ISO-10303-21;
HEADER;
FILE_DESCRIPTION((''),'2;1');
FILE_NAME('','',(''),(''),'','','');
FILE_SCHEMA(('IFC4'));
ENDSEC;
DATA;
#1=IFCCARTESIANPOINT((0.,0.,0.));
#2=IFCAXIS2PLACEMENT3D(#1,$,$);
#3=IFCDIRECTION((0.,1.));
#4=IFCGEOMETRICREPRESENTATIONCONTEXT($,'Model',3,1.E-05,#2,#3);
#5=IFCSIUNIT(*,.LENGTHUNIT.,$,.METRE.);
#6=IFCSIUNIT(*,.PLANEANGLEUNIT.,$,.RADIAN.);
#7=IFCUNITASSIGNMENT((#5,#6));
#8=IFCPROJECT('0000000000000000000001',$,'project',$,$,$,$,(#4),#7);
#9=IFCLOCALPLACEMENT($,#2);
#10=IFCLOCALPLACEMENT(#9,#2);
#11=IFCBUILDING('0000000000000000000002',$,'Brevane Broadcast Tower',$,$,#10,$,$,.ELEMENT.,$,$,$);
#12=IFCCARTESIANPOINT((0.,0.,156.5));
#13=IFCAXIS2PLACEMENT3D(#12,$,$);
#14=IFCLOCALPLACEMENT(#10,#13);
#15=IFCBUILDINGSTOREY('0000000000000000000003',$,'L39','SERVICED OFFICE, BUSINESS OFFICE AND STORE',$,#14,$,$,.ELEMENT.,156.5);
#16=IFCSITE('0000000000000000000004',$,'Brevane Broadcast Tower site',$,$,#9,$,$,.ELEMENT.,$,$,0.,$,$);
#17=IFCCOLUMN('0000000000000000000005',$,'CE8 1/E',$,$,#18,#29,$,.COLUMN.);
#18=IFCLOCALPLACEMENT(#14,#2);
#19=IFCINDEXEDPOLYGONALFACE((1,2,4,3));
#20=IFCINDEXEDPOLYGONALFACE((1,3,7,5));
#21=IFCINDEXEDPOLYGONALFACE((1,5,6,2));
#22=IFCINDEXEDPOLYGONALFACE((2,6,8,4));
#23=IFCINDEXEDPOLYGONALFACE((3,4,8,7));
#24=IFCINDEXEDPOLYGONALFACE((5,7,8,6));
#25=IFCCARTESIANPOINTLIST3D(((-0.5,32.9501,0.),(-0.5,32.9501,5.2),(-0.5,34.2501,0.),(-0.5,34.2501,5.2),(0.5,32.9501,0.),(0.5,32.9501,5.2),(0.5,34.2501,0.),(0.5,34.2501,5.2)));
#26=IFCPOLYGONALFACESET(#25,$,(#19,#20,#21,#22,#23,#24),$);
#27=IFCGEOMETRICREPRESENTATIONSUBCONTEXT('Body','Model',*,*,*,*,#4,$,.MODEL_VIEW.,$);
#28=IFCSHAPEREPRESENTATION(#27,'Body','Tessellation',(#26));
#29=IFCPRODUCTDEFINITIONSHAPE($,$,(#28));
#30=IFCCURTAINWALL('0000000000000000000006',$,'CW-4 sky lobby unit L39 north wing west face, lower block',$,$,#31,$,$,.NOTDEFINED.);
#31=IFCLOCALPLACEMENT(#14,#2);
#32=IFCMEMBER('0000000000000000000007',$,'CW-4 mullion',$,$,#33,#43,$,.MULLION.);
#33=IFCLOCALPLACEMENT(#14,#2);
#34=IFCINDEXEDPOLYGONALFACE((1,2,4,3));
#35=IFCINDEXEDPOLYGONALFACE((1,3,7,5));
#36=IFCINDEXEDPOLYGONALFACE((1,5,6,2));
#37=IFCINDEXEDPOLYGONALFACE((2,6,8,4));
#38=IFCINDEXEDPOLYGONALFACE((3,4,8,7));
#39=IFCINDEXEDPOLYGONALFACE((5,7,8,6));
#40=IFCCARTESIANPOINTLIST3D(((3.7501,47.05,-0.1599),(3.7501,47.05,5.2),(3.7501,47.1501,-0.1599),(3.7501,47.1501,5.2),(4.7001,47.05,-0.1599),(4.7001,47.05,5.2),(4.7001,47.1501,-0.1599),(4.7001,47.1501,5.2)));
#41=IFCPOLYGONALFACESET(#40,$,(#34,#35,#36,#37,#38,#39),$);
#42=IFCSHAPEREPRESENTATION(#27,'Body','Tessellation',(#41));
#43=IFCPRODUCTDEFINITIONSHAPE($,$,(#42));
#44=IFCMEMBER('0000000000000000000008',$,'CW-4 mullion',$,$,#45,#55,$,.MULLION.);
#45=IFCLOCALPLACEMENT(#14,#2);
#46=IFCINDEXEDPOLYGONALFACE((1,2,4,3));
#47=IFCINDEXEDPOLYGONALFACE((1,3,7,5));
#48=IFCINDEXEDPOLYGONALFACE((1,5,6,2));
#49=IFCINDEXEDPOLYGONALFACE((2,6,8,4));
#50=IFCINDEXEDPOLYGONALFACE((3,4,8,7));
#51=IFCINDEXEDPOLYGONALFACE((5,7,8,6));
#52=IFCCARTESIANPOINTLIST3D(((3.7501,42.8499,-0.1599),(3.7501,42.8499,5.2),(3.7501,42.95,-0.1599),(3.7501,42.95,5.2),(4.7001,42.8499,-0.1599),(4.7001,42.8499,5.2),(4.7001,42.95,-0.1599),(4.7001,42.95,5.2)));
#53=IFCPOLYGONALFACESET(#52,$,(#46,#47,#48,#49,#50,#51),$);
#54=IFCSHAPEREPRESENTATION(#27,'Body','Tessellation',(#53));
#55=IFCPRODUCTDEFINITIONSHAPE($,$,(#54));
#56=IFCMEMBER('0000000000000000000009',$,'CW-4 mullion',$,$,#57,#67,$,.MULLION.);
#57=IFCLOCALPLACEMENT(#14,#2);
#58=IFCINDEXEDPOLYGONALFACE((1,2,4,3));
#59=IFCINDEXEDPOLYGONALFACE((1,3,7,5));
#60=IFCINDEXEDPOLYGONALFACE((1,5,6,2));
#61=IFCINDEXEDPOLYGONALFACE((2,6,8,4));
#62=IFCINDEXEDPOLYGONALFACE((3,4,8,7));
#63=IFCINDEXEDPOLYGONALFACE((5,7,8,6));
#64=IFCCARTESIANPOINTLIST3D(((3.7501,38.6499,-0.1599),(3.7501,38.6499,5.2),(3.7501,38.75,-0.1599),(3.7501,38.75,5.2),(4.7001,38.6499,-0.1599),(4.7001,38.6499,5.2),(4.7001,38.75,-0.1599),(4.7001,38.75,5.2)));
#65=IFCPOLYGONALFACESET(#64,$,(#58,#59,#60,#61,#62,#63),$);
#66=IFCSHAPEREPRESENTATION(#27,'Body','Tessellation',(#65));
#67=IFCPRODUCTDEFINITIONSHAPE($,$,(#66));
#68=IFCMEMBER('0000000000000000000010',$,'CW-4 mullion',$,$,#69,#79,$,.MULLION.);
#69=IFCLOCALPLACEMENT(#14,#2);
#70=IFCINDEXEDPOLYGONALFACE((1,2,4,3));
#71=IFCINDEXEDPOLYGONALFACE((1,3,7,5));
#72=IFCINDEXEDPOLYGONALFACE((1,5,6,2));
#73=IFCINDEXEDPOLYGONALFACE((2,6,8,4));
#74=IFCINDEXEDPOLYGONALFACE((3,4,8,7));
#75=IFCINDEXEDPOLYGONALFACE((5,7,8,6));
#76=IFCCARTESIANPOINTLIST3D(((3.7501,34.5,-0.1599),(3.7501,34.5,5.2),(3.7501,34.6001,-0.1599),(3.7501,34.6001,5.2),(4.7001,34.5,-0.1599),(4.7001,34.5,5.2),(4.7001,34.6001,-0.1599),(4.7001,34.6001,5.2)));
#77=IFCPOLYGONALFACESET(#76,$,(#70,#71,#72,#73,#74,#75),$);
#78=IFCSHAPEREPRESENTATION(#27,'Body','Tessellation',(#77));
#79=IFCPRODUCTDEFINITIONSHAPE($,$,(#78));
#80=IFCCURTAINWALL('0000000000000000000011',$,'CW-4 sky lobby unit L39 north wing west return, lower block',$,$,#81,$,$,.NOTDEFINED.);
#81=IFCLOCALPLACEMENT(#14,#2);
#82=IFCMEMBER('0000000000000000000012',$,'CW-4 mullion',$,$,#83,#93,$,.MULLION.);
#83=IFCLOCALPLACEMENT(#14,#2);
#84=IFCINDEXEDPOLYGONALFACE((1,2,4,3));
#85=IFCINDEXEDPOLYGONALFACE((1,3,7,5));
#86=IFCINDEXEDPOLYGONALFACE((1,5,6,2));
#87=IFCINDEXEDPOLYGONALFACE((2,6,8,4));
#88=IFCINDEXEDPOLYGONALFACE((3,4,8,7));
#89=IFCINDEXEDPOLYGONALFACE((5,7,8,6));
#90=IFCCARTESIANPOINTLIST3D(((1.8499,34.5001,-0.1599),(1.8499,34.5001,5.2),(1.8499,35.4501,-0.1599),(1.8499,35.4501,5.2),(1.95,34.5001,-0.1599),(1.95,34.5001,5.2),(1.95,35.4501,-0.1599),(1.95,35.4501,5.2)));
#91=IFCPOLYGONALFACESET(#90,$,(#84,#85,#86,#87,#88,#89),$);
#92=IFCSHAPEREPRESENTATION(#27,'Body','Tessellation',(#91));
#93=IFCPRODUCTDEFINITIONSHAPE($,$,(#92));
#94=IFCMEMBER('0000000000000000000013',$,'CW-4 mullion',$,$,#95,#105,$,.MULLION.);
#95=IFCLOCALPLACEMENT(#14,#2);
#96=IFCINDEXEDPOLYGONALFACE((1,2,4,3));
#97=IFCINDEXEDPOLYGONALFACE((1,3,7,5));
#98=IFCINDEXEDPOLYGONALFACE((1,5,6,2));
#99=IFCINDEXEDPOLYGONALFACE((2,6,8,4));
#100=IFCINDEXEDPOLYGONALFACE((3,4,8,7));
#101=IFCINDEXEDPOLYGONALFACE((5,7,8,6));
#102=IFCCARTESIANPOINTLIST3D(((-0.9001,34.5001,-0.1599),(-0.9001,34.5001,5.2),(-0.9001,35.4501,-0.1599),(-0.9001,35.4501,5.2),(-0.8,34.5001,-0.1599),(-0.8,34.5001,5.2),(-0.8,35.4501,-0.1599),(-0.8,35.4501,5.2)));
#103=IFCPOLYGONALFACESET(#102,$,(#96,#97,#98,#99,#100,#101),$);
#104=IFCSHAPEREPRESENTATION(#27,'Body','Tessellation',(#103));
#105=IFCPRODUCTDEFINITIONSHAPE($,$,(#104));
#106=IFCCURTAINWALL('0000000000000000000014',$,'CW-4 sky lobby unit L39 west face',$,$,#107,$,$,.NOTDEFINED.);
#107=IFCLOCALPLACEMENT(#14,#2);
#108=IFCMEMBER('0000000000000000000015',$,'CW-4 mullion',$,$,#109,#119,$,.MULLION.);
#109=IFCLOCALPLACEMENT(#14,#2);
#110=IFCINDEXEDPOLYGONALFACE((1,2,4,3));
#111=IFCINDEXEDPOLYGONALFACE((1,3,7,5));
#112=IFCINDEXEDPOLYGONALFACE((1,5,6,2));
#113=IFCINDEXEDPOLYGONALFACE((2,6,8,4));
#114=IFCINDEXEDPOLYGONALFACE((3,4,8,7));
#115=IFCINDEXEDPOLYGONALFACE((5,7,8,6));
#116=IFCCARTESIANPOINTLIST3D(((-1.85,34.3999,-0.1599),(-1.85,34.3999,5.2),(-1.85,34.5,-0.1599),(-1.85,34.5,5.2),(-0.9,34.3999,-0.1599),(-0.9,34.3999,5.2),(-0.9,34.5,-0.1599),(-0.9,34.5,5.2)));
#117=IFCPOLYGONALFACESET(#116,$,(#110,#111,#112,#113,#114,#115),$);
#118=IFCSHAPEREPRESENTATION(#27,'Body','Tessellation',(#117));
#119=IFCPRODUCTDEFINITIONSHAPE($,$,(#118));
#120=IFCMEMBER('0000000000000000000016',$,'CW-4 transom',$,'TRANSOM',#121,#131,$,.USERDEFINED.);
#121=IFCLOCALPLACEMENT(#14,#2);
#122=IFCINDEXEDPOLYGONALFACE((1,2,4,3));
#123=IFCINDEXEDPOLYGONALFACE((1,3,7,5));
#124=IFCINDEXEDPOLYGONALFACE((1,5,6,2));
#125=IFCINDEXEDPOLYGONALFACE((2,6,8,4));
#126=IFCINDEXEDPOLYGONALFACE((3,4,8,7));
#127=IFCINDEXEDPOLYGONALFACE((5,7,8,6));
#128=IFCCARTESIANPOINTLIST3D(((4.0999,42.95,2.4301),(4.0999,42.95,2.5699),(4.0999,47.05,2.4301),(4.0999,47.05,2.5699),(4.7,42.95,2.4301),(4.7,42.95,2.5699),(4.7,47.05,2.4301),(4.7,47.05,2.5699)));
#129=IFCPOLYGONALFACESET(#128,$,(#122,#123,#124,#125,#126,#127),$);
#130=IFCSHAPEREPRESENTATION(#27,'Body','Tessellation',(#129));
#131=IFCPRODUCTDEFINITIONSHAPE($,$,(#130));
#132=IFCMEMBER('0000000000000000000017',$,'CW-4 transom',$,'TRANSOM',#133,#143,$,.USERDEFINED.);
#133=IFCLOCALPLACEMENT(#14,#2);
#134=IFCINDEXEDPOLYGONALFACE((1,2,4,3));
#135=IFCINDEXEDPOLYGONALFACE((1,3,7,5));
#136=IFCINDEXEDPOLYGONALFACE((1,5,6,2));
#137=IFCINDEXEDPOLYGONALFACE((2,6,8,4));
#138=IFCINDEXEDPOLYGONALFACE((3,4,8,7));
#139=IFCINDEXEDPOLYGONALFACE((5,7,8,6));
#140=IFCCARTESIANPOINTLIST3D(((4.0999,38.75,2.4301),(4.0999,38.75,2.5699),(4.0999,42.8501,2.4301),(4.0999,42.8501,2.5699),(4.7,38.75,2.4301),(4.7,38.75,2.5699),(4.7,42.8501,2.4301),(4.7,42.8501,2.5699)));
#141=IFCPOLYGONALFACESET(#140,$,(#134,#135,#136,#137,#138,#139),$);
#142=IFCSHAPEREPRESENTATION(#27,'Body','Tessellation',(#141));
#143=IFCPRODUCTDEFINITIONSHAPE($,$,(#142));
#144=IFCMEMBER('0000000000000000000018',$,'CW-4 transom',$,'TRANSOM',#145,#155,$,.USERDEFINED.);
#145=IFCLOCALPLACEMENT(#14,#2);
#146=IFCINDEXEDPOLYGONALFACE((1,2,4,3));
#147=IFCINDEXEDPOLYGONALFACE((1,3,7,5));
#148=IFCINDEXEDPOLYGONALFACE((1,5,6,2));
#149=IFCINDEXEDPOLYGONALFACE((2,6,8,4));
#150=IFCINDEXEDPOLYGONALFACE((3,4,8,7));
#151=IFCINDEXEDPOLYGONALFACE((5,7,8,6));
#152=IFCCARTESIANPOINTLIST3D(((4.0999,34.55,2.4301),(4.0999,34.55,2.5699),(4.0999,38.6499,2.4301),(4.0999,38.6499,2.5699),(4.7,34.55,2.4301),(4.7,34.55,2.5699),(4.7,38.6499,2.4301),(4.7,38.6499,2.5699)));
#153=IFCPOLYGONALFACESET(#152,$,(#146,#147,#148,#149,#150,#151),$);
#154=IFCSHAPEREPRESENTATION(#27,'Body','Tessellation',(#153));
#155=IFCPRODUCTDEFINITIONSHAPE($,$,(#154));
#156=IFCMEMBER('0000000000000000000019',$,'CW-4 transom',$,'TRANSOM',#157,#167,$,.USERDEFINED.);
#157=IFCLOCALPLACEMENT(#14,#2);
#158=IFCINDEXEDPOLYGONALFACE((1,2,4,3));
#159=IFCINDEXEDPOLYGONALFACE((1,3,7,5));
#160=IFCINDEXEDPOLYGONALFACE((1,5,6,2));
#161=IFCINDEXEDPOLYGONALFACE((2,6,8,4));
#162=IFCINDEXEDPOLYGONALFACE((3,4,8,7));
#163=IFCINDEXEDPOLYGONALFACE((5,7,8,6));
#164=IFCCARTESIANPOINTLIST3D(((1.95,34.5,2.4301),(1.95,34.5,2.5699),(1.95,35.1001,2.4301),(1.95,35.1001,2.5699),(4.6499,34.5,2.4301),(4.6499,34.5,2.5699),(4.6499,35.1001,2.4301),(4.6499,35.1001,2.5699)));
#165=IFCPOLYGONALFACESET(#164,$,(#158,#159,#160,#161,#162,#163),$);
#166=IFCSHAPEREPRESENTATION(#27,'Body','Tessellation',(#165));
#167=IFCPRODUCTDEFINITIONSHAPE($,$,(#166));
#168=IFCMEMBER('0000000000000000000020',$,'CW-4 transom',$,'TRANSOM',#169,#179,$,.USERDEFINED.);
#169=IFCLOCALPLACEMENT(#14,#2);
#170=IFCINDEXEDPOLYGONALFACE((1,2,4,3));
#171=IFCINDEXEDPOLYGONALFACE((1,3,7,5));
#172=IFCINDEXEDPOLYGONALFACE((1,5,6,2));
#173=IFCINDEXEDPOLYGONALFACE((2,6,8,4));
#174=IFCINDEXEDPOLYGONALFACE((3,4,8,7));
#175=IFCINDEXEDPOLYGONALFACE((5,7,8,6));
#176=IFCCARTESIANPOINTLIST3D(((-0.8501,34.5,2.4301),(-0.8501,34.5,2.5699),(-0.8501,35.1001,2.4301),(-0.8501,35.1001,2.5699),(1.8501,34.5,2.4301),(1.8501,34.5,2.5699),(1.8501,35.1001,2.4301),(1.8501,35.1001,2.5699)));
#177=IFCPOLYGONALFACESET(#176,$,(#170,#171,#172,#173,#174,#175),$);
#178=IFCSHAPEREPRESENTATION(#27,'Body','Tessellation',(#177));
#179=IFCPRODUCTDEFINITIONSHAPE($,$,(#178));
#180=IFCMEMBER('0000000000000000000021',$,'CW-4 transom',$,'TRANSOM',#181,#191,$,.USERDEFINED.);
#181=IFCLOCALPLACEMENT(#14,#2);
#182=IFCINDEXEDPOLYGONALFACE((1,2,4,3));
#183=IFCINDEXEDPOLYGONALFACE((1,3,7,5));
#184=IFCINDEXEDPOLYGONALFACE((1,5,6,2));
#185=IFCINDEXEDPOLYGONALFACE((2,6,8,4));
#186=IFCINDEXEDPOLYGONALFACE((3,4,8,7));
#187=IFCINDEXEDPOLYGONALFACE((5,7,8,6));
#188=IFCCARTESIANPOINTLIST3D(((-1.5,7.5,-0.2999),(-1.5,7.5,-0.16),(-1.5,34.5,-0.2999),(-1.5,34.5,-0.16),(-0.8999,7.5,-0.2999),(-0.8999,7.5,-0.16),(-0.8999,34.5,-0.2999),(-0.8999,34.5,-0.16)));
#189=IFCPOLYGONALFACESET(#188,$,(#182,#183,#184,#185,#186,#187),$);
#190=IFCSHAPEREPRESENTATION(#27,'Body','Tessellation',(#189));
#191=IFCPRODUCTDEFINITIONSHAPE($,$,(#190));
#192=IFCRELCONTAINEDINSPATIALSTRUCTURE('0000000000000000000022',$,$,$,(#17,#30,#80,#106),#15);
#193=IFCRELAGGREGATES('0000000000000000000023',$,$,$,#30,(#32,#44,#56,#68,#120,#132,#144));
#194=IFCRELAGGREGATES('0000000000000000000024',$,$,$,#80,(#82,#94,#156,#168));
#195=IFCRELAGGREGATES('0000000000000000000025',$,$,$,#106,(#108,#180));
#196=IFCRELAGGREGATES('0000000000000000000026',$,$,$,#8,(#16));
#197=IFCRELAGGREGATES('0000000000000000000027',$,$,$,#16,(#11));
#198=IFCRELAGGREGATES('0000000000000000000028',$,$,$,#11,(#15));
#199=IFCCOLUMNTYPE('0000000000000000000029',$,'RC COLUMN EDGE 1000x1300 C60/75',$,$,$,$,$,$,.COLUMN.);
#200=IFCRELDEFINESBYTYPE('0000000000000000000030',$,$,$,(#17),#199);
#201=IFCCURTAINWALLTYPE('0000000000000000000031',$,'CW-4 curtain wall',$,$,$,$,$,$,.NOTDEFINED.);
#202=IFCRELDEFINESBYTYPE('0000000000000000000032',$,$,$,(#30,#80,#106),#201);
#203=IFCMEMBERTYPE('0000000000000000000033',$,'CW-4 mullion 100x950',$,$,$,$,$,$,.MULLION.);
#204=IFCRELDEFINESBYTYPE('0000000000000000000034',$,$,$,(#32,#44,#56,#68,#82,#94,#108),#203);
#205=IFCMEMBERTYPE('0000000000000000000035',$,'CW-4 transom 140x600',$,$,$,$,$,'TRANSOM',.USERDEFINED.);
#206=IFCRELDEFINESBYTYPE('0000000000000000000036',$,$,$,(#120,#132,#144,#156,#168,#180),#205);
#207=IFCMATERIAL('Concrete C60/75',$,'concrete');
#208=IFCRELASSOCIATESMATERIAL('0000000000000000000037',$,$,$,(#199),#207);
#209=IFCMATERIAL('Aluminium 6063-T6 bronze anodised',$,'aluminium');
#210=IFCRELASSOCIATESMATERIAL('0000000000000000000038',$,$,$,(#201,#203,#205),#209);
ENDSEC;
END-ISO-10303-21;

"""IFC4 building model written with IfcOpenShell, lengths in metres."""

from ifc_helpers import new_model, si_unit, direction, frame, origin, origin_2d, place, context, subcontext, project, spatial, rectangle, extrude, material, material_profile, profile_set, type_object, element, aggregate, save


model = new_model("IFC4")

# Units and contexts
model_context = context("Model", 3, precision=1e-05, world=origin(), true_north=direction((0.0, 1.0)))
body_context = subcontext(model_context, "Body", "Model", "MODEL_VIEW")
ifc_project = project(units=[si_unit("LENGTHUNIT", "METRE"), si_unit("PLANEANGLEUNIT", "RADIAN")], contexts=[model_context])

# Site, building, storey
site_placement = place(None, origin())
site = spatial("IfcSite", under=ifc_project, at=site_placement, Name="Brevane Broadcast Tower site", CompositionType="ELEMENT", RefElevation=0.0)
building_placement = place(site_placement, origin())
building = spatial("IfcBuilding", under=site, at=building_placement, Name="Brevane Broadcast Tower", CompositionType="ELEMENT")
storey_placement = place(building_placement, frame((0.0, 0.0, 156.5)))
storey = spatial("IfcBuildingStorey", under=building, at=storey_placement, Name="L39", Description="SERVICED OFFICE, BUSINESS OFFICE AND STORE", CompositionType="ELEMENT", Elevation=156.5)

# Column
ifc_material_1 = material(Name="Concrete C60/75", Category="concrete")
ifc_material_profile_1 = material_profile(ifc_material_1, rectangle(XDim=1.0, YDim=1.3, at=origin_2d()), Name="RC 1000x1300")
ifc_profile_set_1 = profile_set([ifc_material_profile_1], Name="Concrete C60/75")
column_type = type_object("IfcColumnType", Name="RC COLUMN EDGE 1000x1300 C60/75", PredefinedType="COLUMN", material=ifc_profile_set_1)
column_placement = place(storey_placement, frame((0.0, 33.6001, 0.0), z_axis=(0.0, 0.0, 1.0), x_axis=(1.0, 0.0, 0.0)))
element("IfcColumn", 1, at=column_placement, inside=storey, type_object=column_type, Name="CE8 1/E", PredefinedType="COLUMN", context=body_context, shape_type="SweptSolid", body=[
    extrude(rectangle(XDim=1.0, YDim=1.3, at=origin_2d()), origin(), (0.0, 0.0, 1.0), 5.2),
])

# Curtain walls, members
ifc_material_2 = material(Name="Aluminium 6063-T6 bronze anodised", Category="aluminium")
curtain_wall_type = type_object("IfcCurtainWallType", Name="CW-4 curtain wall", PredefinedType="NOTDEFINED", material=ifc_material_2)
curtain_wall_1_placement = place(storey_placement, origin())
curtain_wall_1 = element("IfcCurtainWall", 2, at=curtain_wall_1_placement, inside=storey, type_object=curtain_wall_type, Name="CW-4 sky lobby unit L39 north wing west face, lower block", PredefinedType="NOTDEFINED")
ifc_material_profile_2 = material_profile(ifc_material_2, rectangle(XDim=0.95, YDim=0.1001, at=origin_2d()), Name="RECT 100x950")
ifc_profile_set_2 = profile_set([ifc_material_profile_2], Name="Aluminium 6063-T6 bronze anodised")
member_type_1 = type_object("IfcMemberType", Name="CW-4 mullion 100x950", PredefinedType="MULLION", material=ifc_profile_set_2)
member_1_placement = place(storey_placement, frame((4.2251, 47.1001, -0.1599), z_axis=(0.0, 0.0, 1.0), x_axis=(1.0, 0.0, 0.0)))
member_1 = element("IfcMember", 3, at=member_1_placement, type_object=member_type_1, Name="CW-4 mullion", PredefinedType="MULLION", context=body_context, shape_type="SweptSolid", body=[
    extrude(rectangle(XDim=0.95, YDim=0.1001, at=origin_2d()), origin(), (0.0, 0.0, 1.0), 5.3599),
])
member_2_placement = place(storey_placement, frame((4.2251, 42.8999, -0.1599), z_axis=(0.0, 0.0, 1.0), x_axis=(1.0, 0.0, 0.0)))
member_2 = element("IfcMember", 4, at=member_2_placement, type_object=member_type_1, Name="CW-4 mullion", PredefinedType="MULLION", context=body_context, shape_type="SweptSolid", body=[
    extrude(rectangle(XDim=0.95, YDim=0.1001, at=origin_2d()), origin(), (0.0, 0.0, 1.0), 5.3599),
])
member_3_placement = place(storey_placement, frame((4.2251, 38.7, -0.1599), z_axis=(0.0, 0.0, 1.0), x_axis=(1.0, 0.0, 0.0)))
member_3 = element("IfcMember", 5, at=member_3_placement, type_object=member_type_1, Name="CW-4 mullion", PredefinedType="MULLION", context=body_context, shape_type="SweptSolid", body=[
    extrude(rectangle(XDim=0.95, YDim=0.1001, at=origin_2d()), origin(), (0.0, 0.0, 1.0), 5.3599),
])
member_4_placement = place(storey_placement, frame((4.2251, 34.55, -0.1599), z_axis=(0.0, 0.0, 1.0), x_axis=(1.0, 0.0, 0.0)))
member_4 = element("IfcMember", 6, at=member_4_placement, type_object=member_type_1, Name="CW-4 mullion", PredefinedType="MULLION", context=body_context, shape_type="SweptSolid", body=[
    extrude(rectangle(XDim=0.95, YDim=0.1001, at=origin_2d()), origin(), (0.0, 0.0, 1.0), 5.3599),
])
curtain_wall_2_placement = place(storey_placement, origin())
curtain_wall_2 = element("IfcCurtainWall", 7, at=curtain_wall_2_placement, inside=storey, type_object=curtain_wall_type, Name="CW-4 sky lobby unit L39 north wing west return, lower block", PredefinedType="NOTDEFINED")
member_5_placement = place(storey_placement, frame((1.8999, 34.9751, -0.1599), z_axis=(0.0, 0.0, 1.0), x_axis=(0.0, -1.0, 0.0)))
member_5 = element("IfcMember", 8, at=member_5_placement, type_object=member_type_1, Name="CW-4 mullion", PredefinedType="MULLION", context=body_context, shape_type="SweptSolid", body=[
    extrude(rectangle(XDim=0.95, YDim=0.1001, at=origin_2d()), origin(), (0.0, 0.0, 1.0), 5.3599),
])
member_6_placement = place(storey_placement, frame((-0.8501, 34.9751, -0.1599), z_axis=(0.0, 0.0, 1.0), x_axis=(0.0, -1.0, 0.0)))
member_6 = element("IfcMember", 9, at=member_6_placement, type_object=member_type_1, Name="CW-4 mullion", PredefinedType="MULLION", context=body_context, shape_type="SweptSolid", body=[
    extrude(rectangle(XDim=0.95, YDim=0.1001, at=origin_2d()), origin(), (0.0, 0.0, 1.0), 5.3599),
])

# Curtain wall, member
curtain_wall_3_placement = place(storey_placement, origin())
curtain_wall_3 = element("IfcCurtainWall", 10, at=curtain_wall_3_placement, inside=storey, type_object=curtain_wall_type, Name="CW-4 sky lobby unit L39 west face", PredefinedType="NOTDEFINED")
member_7_placement = place(storey_placement, frame((-1.375, 34.45, -0.1599), z_axis=(0.0, 0.0, 1.0), x_axis=(1.0, 0.0, 0.0)))
member_7 = element("IfcMember", 11, at=member_7_placement, type_object=member_type_1, Name="CW-4 mullion", PredefinedType="MULLION", context=body_context, shape_type="SweptSolid", body=[
    extrude(rectangle(XDim=0.95, YDim=0.1001, at=origin_2d()), origin(), (0.0, 0.0, 1.0), 5.3599),
])

# Members
ifc_material_profile_3 = material_profile(ifc_material_2, rectangle(XDim=0.6001, YDim=0.1399, at=origin_2d()), Name="RECT 140x600")
ifc_profile_set_3 = profile_set([ifc_material_profile_3], Name="Aluminium 6063-T6 bronze anodised")
member_type_2 = type_object("IfcMemberType", Name="CW-4 transom 140x600", ElementType="TRANSOM", PredefinedType="USERDEFINED", material=ifc_profile_set_3)
member_8_placement = place(storey_placement, frame((4.3999, 47.05, 2.5), z_axis=(0.0, -1.0, 0.0), x_axis=(1.0, 0.0, 0.0)))
member_8 = element("IfcMember", 12, at=member_8_placement, type_object=member_type_2, Name="CW-4 transom", ObjectType="TRANSOM", PredefinedType="USERDEFINED", context=body_context, shape_type="SweptSolid", body=[
    extrude(rectangle(XDim=0.6001, YDim=0.1399, at=origin_2d()), origin(), (0.0, 0.0, 1.0), 4.1001),
])
member_9_placement = place(storey_placement, frame((4.3999, 42.8501, 2.5), z_axis=(0.0, -1.0, 0.0), x_axis=(1.0, 0.0, 0.0)))
member_9 = element("IfcMember", 13, at=member_9_placement, type_object=member_type_2, Name="CW-4 transom", ObjectType="TRANSOM", PredefinedType="USERDEFINED", context=body_context, shape_type="SweptSolid", body=[
    extrude(rectangle(XDim=0.6001, YDim=0.1399, at=origin_2d()), origin(), (0.0, 0.0, 1.0), 4.1001),
])
member_10_placement = place(storey_placement, frame((4.3999, 38.6499, 2.5), z_axis=(0.0, -1.0, 0.0), x_axis=(1.0, 0.0, 0.0)))
member_10 = element("IfcMember", 14, at=member_10_placement, type_object=member_type_2, Name="CW-4 transom", ObjectType="TRANSOM", PredefinedType="USERDEFINED", context=body_context, shape_type="SweptSolid", body=[
    extrude(rectangle(XDim=0.6001, YDim=0.1399, at=origin_2d()), origin(), (0.0, 0.0, 1.0), 4.0999),
])
aggregate(curtain_wall_1, [member_1, member_2, member_3, member_4, member_8, member_9, member_10])
member_11_placement = place(storey_placement, frame((4.6499, 34.8, 2.5), z_axis=(-1.0, 0.0, 0.0), x_axis=(0.0, -1.0, 0.0)))
member_11 = element("IfcMember", 15, at=member_11_placement, type_object=member_type_2, Name="CW-4 transom", ObjectType="TRANSOM", PredefinedType="USERDEFINED", context=body_context, shape_type="SweptSolid", body=[
    extrude(rectangle(XDim=0.6001, YDim=0.1399, at=origin_2d()), origin(), (0.0, 0.0, 1.0), 2.7),
])
member_12_placement = place(storey_placement, frame((1.8501, 34.8, 2.5), z_axis=(-1.0, 0.0, 0.0), x_axis=(0.0, -1.0, 0.0)))
member_12 = element("IfcMember", 16, at=member_12_placement, type_object=member_type_2, Name="CW-4 transom", ObjectType="TRANSOM", PredefinedType="USERDEFINED", context=body_context, shape_type="SweptSolid", body=[
    extrude(rectangle(XDim=0.6001, YDim=0.1399, at=origin_2d()), origin(), (0.0, 0.0, 1.0), 2.7002),
])
aggregate(curtain_wall_2, [member_5, member_6, member_11, member_12])
member_13_placement = place(storey_placement, frame((-1.2, 34.5, -0.23), z_axis=(0.0, -1.0, 0.0), x_axis=(1.0, 0.0, 0.0)))
member_13 = element("IfcMember", 17, at=member_13_placement, type_object=member_type_2, Name="CW-4 transom", ObjectType="TRANSOM", PredefinedType="USERDEFINED", context=body_context, shape_type="SweptSolid", body=[
    extrude(rectangle(XDim=0.6001, YDim=0.1399, at=origin_2d()), origin(), (0.0, 0.0, 1.0), 27.0),
])
aggregate(curtain_wall_3, [member_7, member_13])

save(model, "model.ifc")
